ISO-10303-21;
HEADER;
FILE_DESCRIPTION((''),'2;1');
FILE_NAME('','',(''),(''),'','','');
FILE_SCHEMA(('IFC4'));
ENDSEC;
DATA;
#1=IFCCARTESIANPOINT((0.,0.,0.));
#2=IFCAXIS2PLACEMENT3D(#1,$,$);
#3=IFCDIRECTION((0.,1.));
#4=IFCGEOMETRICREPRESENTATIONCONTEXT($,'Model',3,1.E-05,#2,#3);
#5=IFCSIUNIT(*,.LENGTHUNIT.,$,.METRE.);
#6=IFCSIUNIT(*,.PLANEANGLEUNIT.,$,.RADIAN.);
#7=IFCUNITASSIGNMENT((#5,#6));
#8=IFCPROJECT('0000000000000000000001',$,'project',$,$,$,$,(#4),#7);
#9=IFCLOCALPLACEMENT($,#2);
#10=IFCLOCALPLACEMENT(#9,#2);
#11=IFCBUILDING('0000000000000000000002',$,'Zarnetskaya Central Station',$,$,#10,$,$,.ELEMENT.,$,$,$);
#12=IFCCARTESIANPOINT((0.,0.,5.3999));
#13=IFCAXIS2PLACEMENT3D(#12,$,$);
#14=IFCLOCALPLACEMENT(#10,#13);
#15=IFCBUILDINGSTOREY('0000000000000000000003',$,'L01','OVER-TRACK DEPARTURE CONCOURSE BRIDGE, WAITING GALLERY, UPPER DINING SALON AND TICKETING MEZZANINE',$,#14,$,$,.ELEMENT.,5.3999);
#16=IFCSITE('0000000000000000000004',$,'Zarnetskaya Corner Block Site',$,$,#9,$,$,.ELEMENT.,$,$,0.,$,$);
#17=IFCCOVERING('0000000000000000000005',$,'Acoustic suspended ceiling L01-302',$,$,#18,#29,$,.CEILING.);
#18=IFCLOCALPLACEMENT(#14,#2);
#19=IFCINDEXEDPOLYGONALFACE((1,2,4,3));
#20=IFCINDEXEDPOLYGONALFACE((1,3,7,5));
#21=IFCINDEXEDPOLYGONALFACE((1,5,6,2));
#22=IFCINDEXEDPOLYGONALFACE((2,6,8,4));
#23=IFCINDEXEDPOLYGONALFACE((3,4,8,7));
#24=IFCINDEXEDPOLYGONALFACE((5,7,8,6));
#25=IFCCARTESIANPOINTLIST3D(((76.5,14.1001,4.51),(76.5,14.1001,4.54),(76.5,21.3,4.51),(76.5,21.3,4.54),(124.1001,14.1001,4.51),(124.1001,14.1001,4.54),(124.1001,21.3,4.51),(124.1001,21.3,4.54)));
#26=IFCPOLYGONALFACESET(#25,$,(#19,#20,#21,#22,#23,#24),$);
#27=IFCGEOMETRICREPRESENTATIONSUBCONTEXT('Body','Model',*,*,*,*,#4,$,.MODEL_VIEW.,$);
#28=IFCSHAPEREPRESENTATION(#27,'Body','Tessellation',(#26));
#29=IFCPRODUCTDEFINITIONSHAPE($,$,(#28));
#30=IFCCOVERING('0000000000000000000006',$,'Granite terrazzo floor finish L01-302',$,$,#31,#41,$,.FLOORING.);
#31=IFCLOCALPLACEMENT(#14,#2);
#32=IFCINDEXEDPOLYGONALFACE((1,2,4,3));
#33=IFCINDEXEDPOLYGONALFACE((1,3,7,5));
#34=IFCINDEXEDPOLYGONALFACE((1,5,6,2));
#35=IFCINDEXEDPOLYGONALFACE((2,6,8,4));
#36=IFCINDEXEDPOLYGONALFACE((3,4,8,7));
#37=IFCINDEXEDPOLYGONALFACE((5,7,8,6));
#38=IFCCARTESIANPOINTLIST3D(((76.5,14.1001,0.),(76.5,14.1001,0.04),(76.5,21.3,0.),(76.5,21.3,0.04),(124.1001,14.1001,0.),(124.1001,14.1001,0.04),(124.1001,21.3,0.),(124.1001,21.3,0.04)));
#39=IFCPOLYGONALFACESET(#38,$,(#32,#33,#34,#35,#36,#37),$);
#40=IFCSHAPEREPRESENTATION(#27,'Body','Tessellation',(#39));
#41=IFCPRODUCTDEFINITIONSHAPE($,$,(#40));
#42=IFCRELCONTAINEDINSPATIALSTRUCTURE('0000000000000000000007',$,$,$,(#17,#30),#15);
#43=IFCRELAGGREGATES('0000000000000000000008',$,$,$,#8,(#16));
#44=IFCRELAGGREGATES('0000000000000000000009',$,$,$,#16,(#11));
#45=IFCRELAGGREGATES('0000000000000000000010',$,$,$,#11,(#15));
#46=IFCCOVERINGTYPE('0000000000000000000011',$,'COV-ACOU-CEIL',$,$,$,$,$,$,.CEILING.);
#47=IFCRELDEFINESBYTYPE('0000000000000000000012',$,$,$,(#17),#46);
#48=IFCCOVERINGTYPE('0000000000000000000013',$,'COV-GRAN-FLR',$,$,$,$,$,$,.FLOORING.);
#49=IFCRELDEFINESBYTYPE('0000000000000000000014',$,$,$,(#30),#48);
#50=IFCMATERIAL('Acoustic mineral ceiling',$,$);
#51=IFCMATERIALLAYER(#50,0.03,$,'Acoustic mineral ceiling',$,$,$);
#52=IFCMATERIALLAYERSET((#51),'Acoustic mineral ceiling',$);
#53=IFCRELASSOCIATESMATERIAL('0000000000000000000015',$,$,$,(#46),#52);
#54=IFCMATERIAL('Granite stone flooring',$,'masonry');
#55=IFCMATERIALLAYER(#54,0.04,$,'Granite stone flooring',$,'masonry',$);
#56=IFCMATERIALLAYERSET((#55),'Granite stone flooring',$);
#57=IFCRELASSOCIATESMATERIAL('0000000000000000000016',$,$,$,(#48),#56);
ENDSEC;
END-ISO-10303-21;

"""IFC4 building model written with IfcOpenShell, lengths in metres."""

from ifc_helpers import new_model, si_unit, direction, frame, origin, place, context, subcontext, project, spatial, polyline, outline, extrude, material, layer, layer_set, type_object, element, save


model = new_model("IFC4")

# Units and contexts
model_context = context("Model", 3, precision=1e-05, world=origin(), true_north=direction((0.0, 1.0)))
body_context = subcontext(model_context, "Body", "Model", "MODEL_VIEW")
ifc_project = project(units=[si_unit("LENGTHUNIT", "METRE"), si_unit("PLANEANGLEUNIT", "RADIAN")], contexts=[model_context])

# Site, building, storey
site_placement = place(None, origin())
site = spatial("IfcSite", under=ifc_project, at=site_placement, Name="Zarnetskaya Corner Block Site", CompositionType="ELEMENT", RefElevation=0.0)
building_placement = place(site_placement, origin())
building = spatial("IfcBuilding", under=site, at=building_placement, Name="Zarnetskaya Central Station", CompositionType="ELEMENT")
storey_placement = place(building_placement, frame((0.0, 0.0, 5.3999)))
storey = spatial("IfcBuildingStorey", under=building, at=storey_placement, Name="L01", Description="OVER-TRACK DEPARTURE CONCOURSE BRIDGE, WAITING GALLERY, UPPER DINING SALON AND TICKETING MEZZANINE", CompositionType="ELEMENT", Elevation=5.3999)

# Coverings
ifc_material_1 = material(Name="Acoustic mineral ceiling")
ifc_layer_1 = layer(ifc_material_1, 0.03, Name="Acoustic mineral ceiling")
ifc_layer_set_1 = layer_set([ifc_layer_1], Name="Acoustic mineral ceiling")
covering_type_1 = type_object("IfcCoveringType", Name="COV-ACOU-CEIL", PredefinedType="CEILING", material=ifc_layer_set_1)
covering_1_placement = place(storey_placement, frame((0.0, 0.0, 4.51)))
element("IfcCovering", 1, at=covering_1_placement, inside=storey, type_object=covering_type_1, Name="Acoustic suspended ceiling L01-302", PredefinedType="CEILING", context=body_context, shape_type="SweptSolid", body=[
    extrude(outline(polyline([(76.5, 14.1001), (124.1001, 14.1001), (124.1001, 21.3), (76.5, 21.3), (76.5, 14.1001)])), origin(), (0.0, 0.0, 1.0), 0.03),
])
ifc_material_2 = material(Name="Granite stone flooring", Category="masonry")
ifc_layer_2 = layer(ifc_material_2, 0.04, Name="Granite stone flooring", Category="masonry")
ifc_layer_set_2 = layer_set([ifc_layer_2], Name="Granite stone flooring")
covering_type_2 = type_object("IfcCoveringType", Name="COV-GRAN-FLR", PredefinedType="FLOORING", material=ifc_layer_set_2)
covering_2_placement = place(storey_placement, origin())
element("IfcCovering", 2, at=covering_2_placement, inside=storey, type_object=covering_type_2, Name="Granite terrazzo floor finish L01-302", PredefinedType="FLOORING", context=body_context, shape_type="SweptSolid", body=[
    extrude(outline(polyline([(76.5, 14.1001), (124.1001, 14.1001), (124.1001, 21.3), (76.5, 21.3), (76.5, 14.1001)])), origin(), (0.0, 0.0, 1.0), 0.04),
])

save(model, "model.ifc")
